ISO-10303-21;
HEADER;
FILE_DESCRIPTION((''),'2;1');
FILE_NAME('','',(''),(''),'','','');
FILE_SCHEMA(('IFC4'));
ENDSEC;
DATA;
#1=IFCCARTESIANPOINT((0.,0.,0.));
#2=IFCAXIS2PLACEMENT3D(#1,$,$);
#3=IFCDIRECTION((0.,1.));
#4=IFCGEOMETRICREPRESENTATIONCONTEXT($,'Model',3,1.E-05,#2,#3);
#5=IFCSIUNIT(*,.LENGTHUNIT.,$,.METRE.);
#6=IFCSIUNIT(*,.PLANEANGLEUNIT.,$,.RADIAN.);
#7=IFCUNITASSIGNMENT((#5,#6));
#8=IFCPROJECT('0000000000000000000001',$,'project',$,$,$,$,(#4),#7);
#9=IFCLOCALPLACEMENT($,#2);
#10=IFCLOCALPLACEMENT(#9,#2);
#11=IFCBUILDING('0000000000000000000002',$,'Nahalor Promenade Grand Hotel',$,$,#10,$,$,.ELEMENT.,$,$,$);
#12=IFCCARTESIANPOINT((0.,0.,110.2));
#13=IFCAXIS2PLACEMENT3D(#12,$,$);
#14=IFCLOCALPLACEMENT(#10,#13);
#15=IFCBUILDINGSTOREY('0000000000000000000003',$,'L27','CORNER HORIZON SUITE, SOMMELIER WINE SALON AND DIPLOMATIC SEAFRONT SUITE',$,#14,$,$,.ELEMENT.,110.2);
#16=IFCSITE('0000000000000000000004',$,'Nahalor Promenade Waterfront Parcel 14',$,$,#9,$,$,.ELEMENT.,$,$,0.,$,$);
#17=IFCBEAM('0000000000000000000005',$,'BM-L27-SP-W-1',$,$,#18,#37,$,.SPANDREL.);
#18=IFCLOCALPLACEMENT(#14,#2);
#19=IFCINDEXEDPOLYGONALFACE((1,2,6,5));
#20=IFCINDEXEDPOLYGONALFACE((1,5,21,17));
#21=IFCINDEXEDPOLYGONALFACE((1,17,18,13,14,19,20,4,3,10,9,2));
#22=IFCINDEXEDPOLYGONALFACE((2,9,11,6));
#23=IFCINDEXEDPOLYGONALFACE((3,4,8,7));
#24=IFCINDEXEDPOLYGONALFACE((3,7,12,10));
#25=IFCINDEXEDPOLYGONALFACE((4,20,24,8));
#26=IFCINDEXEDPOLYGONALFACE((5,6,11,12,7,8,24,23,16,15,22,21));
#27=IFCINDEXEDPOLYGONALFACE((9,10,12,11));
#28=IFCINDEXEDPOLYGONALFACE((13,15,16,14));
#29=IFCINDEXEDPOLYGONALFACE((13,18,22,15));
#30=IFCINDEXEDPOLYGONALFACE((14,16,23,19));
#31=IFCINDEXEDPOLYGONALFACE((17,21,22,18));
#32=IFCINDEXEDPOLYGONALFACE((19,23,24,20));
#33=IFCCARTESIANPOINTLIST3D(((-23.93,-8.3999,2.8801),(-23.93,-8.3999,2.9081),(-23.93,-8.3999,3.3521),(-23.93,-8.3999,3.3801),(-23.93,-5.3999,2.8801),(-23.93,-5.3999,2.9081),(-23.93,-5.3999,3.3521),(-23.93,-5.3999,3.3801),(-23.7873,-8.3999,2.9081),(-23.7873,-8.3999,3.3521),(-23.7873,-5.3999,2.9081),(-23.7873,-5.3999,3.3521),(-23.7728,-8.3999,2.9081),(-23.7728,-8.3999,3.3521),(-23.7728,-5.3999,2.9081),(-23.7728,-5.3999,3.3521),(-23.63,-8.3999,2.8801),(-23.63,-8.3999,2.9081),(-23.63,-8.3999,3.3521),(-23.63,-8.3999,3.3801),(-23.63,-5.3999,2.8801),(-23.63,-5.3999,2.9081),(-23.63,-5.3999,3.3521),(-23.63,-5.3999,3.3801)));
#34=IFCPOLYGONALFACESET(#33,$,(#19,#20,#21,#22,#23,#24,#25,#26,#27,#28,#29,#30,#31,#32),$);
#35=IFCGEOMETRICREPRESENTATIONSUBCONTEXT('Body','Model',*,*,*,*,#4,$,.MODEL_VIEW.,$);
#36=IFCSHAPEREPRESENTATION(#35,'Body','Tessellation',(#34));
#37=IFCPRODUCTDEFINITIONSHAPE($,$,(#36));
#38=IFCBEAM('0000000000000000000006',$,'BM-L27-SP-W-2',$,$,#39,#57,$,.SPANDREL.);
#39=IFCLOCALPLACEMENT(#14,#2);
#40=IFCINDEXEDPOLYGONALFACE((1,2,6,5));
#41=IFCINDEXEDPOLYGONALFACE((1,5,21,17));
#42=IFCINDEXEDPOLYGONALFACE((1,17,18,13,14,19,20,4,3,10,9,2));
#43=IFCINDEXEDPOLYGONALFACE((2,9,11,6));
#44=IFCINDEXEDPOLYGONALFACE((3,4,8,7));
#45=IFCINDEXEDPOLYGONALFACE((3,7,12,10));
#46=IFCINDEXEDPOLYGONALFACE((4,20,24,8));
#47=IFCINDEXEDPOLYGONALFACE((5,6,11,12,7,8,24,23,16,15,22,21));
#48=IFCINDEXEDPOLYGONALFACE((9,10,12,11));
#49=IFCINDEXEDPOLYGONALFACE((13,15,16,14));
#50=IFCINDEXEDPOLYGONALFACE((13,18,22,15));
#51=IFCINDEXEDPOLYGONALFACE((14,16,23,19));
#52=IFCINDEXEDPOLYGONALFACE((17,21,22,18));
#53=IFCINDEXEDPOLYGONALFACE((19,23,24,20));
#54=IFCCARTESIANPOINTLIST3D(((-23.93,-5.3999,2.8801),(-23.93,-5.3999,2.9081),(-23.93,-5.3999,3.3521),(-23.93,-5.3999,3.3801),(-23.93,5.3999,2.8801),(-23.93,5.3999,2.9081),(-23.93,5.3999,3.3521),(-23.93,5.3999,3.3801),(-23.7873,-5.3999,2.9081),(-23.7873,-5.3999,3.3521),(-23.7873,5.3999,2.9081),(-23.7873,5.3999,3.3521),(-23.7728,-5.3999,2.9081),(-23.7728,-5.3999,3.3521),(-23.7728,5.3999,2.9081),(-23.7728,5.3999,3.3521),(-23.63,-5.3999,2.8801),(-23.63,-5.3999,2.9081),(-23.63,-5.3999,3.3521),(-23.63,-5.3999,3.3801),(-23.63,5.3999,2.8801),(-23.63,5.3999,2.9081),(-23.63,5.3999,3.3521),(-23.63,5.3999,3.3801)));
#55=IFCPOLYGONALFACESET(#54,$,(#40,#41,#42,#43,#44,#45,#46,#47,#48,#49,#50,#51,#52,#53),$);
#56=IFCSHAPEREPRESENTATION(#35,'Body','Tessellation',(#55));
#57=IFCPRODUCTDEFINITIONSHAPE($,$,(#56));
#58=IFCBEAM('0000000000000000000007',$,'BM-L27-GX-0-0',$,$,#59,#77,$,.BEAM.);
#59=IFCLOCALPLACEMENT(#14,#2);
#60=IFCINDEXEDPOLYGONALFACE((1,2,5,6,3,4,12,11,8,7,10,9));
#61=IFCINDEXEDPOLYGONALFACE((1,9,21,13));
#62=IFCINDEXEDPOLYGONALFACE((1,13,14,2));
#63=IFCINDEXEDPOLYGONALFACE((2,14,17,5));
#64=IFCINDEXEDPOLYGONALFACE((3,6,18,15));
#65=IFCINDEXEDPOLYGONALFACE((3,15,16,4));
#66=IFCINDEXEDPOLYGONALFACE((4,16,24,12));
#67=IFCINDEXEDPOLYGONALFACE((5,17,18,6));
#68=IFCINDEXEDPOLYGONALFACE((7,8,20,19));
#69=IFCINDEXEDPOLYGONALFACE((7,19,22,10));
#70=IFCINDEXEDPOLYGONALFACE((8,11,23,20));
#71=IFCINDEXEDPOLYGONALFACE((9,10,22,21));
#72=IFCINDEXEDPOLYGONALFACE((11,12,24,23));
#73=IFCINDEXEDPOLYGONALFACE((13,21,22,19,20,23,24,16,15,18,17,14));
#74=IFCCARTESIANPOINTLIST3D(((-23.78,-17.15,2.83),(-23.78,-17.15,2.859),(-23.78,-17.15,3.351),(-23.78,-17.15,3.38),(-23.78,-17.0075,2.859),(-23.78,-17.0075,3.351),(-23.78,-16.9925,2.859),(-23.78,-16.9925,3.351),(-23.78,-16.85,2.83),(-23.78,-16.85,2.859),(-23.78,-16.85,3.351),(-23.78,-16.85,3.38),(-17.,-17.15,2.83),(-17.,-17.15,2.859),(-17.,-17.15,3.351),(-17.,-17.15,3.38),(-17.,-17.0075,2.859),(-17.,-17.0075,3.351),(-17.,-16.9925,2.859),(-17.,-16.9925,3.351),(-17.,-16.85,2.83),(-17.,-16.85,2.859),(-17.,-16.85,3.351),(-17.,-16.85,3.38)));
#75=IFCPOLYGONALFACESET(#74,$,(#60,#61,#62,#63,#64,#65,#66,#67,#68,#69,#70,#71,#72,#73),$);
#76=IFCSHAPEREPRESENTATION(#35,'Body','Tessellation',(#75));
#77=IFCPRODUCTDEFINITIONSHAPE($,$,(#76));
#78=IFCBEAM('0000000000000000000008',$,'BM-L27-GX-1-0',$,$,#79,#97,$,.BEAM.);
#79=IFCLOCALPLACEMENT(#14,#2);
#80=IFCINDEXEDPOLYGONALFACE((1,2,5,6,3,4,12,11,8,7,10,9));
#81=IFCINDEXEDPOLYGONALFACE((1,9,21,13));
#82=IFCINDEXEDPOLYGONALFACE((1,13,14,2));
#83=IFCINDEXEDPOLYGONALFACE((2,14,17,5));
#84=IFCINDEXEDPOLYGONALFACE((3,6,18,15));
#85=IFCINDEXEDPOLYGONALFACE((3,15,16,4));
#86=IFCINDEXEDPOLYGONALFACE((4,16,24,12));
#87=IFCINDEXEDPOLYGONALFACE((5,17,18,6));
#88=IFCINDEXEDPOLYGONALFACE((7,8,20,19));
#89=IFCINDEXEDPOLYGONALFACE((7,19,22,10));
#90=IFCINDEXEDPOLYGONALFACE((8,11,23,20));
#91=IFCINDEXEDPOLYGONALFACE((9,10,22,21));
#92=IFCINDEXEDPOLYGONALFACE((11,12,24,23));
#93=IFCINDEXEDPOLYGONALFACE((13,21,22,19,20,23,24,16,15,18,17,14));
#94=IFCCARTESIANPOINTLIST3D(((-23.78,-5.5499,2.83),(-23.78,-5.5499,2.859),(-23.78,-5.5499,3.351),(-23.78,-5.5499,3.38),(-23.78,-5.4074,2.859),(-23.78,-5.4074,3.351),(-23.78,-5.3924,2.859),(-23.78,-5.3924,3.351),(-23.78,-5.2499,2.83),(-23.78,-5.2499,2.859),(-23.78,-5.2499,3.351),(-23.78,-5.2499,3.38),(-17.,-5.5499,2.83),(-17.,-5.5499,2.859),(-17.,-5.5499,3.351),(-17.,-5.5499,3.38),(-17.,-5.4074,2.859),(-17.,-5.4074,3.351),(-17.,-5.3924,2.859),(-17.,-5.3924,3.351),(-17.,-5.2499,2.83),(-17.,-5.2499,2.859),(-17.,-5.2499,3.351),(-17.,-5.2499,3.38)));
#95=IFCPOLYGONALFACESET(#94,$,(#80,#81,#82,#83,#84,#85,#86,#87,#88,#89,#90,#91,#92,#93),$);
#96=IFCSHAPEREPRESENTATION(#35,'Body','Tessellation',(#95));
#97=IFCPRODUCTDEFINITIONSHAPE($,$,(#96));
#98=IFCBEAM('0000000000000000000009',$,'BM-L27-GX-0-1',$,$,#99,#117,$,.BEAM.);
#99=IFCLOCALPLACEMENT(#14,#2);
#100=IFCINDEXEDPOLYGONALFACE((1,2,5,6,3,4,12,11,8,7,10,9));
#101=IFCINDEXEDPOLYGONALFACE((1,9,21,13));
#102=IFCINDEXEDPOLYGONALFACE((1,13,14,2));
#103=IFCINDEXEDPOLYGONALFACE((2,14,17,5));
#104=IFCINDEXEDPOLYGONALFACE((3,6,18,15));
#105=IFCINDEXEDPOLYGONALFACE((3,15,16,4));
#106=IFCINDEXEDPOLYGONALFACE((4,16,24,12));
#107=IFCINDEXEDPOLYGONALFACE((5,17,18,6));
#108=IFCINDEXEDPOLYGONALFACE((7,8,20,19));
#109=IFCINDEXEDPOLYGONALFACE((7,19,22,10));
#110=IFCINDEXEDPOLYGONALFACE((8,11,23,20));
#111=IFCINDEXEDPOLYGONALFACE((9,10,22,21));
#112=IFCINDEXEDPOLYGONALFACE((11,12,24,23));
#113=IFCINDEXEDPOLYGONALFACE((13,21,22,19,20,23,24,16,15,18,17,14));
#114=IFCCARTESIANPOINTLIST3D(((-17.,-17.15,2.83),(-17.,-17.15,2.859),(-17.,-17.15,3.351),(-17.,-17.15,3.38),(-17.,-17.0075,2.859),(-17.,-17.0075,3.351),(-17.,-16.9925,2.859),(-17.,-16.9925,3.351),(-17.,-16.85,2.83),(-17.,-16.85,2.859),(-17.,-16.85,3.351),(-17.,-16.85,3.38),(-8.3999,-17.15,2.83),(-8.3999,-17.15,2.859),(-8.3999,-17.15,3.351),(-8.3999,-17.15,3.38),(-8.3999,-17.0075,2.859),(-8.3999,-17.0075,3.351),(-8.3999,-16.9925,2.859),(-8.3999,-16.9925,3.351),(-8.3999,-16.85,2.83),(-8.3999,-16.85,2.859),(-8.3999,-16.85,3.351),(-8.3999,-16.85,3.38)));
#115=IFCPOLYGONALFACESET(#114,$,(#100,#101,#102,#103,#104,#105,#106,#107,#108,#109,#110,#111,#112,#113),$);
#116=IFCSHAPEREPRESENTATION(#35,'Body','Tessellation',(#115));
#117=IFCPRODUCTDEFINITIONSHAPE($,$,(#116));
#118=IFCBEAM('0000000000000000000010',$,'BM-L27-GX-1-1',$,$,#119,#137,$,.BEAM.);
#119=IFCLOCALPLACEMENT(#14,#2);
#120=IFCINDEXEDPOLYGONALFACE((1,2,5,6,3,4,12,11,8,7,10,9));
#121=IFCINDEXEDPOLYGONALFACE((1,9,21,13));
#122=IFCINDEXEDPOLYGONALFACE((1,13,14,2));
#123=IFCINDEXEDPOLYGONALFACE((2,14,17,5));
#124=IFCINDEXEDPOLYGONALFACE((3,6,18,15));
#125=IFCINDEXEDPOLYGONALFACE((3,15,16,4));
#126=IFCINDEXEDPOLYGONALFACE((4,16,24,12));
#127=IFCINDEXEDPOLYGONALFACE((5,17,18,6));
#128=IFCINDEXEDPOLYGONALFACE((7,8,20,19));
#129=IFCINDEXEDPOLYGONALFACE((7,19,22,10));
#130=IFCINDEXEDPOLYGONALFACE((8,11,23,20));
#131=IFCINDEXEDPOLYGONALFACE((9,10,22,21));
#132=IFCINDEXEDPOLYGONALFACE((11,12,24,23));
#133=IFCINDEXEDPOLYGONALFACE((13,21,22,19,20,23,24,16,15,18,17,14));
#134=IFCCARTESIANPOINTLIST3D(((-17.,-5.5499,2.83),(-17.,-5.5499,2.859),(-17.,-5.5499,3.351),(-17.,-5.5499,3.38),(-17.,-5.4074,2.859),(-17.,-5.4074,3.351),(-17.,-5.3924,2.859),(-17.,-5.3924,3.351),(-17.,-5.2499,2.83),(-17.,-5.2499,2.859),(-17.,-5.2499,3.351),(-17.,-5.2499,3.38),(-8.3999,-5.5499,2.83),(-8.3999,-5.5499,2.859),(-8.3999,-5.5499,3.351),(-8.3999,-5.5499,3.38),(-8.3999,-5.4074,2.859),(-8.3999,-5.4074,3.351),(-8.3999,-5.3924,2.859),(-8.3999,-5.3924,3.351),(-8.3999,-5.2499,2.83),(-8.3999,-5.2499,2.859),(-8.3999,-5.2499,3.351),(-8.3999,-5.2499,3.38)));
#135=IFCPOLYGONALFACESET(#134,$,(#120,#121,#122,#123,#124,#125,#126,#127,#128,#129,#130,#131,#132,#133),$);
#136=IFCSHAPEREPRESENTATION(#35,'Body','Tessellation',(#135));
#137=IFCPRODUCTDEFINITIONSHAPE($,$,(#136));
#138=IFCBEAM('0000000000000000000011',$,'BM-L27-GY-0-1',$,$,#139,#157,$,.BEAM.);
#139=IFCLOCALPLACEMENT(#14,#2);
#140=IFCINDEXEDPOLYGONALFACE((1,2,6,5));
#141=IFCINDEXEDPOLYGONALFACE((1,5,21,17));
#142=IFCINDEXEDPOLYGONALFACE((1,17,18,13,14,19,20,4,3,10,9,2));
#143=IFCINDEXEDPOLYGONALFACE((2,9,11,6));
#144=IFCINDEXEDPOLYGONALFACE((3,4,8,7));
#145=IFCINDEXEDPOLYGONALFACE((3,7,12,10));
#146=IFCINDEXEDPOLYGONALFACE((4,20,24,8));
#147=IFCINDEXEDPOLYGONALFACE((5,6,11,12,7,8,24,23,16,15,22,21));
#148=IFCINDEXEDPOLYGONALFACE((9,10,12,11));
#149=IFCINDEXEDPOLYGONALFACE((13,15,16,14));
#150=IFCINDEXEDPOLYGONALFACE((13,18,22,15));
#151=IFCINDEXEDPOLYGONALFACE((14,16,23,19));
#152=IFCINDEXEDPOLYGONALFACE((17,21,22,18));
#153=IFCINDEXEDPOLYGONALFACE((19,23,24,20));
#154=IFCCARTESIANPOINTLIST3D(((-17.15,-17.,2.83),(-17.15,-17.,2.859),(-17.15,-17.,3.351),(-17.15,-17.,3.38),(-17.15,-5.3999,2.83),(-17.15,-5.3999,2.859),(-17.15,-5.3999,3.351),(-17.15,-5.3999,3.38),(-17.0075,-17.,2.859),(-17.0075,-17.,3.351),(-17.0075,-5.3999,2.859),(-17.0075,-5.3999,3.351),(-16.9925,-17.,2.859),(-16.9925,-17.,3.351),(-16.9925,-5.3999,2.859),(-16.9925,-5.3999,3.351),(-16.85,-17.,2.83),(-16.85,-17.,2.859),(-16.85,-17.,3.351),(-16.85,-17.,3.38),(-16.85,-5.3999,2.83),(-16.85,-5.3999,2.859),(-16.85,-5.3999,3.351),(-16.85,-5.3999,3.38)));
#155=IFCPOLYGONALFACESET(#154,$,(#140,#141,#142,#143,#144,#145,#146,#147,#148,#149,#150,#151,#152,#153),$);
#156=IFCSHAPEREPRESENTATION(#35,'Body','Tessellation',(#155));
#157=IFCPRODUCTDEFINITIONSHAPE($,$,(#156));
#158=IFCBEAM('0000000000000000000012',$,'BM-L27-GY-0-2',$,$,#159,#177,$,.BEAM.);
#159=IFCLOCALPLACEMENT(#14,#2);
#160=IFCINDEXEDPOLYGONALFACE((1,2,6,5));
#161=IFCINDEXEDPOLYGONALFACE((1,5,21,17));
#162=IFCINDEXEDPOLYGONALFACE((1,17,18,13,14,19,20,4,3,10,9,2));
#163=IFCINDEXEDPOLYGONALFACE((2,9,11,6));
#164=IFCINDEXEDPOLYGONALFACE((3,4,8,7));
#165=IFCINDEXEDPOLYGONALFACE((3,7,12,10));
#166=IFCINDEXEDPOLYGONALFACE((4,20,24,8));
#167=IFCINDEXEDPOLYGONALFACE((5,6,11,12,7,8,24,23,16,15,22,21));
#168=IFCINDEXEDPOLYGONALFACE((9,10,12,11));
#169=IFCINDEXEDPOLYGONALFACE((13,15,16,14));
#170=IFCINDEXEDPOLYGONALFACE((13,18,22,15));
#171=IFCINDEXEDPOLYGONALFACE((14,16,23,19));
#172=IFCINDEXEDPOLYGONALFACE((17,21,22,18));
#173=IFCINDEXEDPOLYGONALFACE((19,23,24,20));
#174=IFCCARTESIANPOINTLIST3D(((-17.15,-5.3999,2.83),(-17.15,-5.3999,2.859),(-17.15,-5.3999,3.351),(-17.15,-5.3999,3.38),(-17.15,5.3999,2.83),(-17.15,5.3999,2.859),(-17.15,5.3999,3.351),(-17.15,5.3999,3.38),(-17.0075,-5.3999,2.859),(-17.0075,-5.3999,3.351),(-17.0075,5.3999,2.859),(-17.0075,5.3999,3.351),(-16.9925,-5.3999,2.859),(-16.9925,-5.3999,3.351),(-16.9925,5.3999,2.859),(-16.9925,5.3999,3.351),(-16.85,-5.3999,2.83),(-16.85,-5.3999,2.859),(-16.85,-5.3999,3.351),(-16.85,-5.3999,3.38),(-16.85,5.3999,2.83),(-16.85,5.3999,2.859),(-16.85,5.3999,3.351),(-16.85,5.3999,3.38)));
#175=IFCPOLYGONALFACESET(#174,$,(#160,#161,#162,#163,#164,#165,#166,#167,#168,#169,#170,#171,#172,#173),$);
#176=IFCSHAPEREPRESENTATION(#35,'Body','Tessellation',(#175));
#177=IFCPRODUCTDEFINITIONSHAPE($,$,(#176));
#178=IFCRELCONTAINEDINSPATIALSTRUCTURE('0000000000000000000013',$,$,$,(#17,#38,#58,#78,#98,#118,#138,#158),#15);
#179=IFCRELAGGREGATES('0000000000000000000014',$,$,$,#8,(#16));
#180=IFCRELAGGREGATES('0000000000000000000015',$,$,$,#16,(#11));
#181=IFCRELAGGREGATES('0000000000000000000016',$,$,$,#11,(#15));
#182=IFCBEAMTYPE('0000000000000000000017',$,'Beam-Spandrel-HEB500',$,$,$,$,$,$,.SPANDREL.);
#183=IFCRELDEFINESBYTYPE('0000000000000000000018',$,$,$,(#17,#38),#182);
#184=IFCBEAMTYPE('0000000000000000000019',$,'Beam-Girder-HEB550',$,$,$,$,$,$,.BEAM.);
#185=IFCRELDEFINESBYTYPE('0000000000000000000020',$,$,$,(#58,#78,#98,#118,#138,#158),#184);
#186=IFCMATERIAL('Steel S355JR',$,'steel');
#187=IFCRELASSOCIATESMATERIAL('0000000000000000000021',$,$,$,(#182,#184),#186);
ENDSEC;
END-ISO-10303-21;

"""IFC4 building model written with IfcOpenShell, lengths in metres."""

from ifc_helpers import new_model, si_unit, direction, frame, origin, origin_2d, place, context, subcontext, project, spatial, i_section, extrude, source, transform, mapped, material, material_profile, profile_set, type_object, element, save


model = new_model("IFC4")

# Units and contexts
model_context = context("Model", 3, precision=1e-05, world=origin(), true_north=direction((0.0, 1.0)))
body_context = subcontext(model_context, "Body", "Model", "MODEL_VIEW")
ifc_project = project(units=[si_unit("LENGTHUNIT", "METRE"), si_unit("PLANEANGLEUNIT", "RADIAN")], contexts=[model_context])

# Site, building, storey
site_placement = place(None, origin())
site = spatial("IfcSite", under=ifc_project, at=site_placement, Name="Nahalor Promenade Waterfront Parcel 14", CompositionType="ELEMENT", RefElevation=0.0)
building_placement = place(site_placement, origin())
building = spatial("IfcBuilding", under=site, at=building_placement, Name="Nahalor Promenade Grand Hotel", CompositionType="ELEMENT")
storey_placement = place(building_placement, frame((0.0, 0.0, 110.2)))
storey = spatial("IfcBuildingStorey", under=building, at=storey_placement, Name="L27", Description="CORNER HORIZON SUITE, SOMMELIER WINE SALON AND DIPLOMATIC SEAFRONT SUITE", CompositionType="ELEMENT", Elevation=110.2)

# Beams
ifc_material_1 = material(Name="Steel S355JR", Category="steel")
ifc_material_profile_1 = material_profile(ifc_material_1, i_section(OverallWidth=0.3, OverallDepth=0.5, WebThickness=0.0145, FlangeThickness=0.028, at=origin_2d()), Name="HEB 500")
ifc_profile_set_1 = profile_set([ifc_material_profile_1], Name="Steel S355JR")
beam_type_1 = type_object("IfcBeamType", Name="Beam-Spandrel-HEB500", PredefinedType="SPANDREL", material=ifc_profile_set_1)
shared_shape_1 = source(origin(), body_context, "Body", "SweptSolid", [
    extrude(i_section(OverallWidth=0.3, OverallDepth=0.5, WebThickness=0.0145, FlangeThickness=0.028, at=origin_2d()), origin(), (0.0, 0.0, 1.0), 3.0),
])
beam_1_placement = place(storey_placement, frame((-23.78, -8.3999, 3.1301), z_axis=(0.0, 1.0, 0.0), x_axis=(-1.0, 0.0, 0.0)))
element("IfcBeam", 1, at=beam_1_placement, inside=storey, type_object=beam_type_1, Name="BM-L27-SP-W-1", PredefinedType="SPANDREL", context=body_context, shape_type="MappedRepresentation", body=[
    mapped(shared_shape_1, transform((0.0, 0.0, 0.0), scale=1.0)),
])
shared_shape_2 = source(origin(), body_context, "Body", "SweptSolid", [
    extrude(i_section(OverallWidth=0.3, OverallDepth=0.5, WebThickness=0.0145, FlangeThickness=0.028, at=origin_2d()), origin(), (0.0, 0.0, 1.0), 10.7998),
])
beam_2_placement = place(storey_placement, frame((-23.78, -5.3999, 3.1301), z_axis=(0.0, 1.0, 0.0), x_axis=(-1.0, 0.0, 0.0)))
element("IfcBeam", 2, at=beam_2_placement, inside=storey, type_object=beam_type_1, Name="BM-L27-SP-W-2", PredefinedType="SPANDREL", context=body_context, shape_type="MappedRepresentation", body=[
    mapped(shared_shape_2, transform((0.0, 0.0, 0.0), scale=1.0)),
])
ifc_material_profile_2 = material_profile(ifc_material_1, i_section(OverallWidth=0.3, OverallDepth=0.55, WebThickness=0.015, FlangeThickness=0.029, at=origin_2d()), Name="HEB 550")
ifc_profile_set_2 = profile_set([ifc_material_profile_2], Name="Steel S355JR")
beam_type_2 = type_object("IfcBeamType", Name="Beam-Girder-HEB550", PredefinedType="BEAM", material=ifc_profile_set_2)
shared_shape_3 = source(origin(), body_context, "Body", "SweptSolid", [
    extrude(i_section(OverallWidth=0.3, OverallDepth=0.55, WebThickness=0.015, FlangeThickness=0.029, at=origin_2d()), origin(), (0.0, 0.0, 1.0), 6.78),
])
for number, where, z_axis, x_axis, name in (
    (3, (-23.78, -17.0, 3.105), (1.0, 0.0, 0.0), (0.0, 1.0, 0.0), "BM-L27-GX-0-0"),
    (4, (-23.78, -5.3999, 3.105), (1.0, 0.0, 0.0), (0.0, 1.0, 0.0), "BM-L27-GX-1-0"),
):
    element("IfcBeam", number, at=place(storey_placement, frame(where, z_axis=z_axis, x_axis=x_axis)), inside=storey, type_object=beam_type_2, Name=name, PredefinedType="BEAM", context=body_context, shape_type="MappedRepresentation", body=[
        mapped(shared_shape_3, transform((0.0, 0.0, 0.0), scale=1.0)),
    ])
shared_shape_4 = source(origin(), body_context, "Body", "SweptSolid", [
    extrude(i_section(OverallWidth=0.3, OverallDepth=0.55, WebThickness=0.015, FlangeThickness=0.029, at=origin_2d()), origin(), (0.0, 0.0, 1.0), 8.6001),
])
for number, where, z_axis, x_axis, name in (
    (5, (-17.0, -17.0, 3.105), (1.0, 0.0, 0.0), (0.0, 1.0, 0.0), "BM-L27-GX-0-1"),
    (6, (-17.0, -5.3999, 3.105), (1.0, 0.0, 0.0), (0.0, 1.0, 0.0), "BM-L27-GX-1-1"),
):
    element("IfcBeam", number, at=place(storey_placement, frame(where, z_axis=z_axis, x_axis=x_axis)), inside=storey, type_object=beam_type_2, Name=name, PredefinedType="BEAM", context=body_context, shape_type="MappedRepresentation", body=[
        mapped(shared_shape_4, transform((0.0, 0.0, 0.0), scale=1.0)),
    ])
shared_shape_5 = source(origin(), body_context, "Body", "SweptSolid", [
    extrude(i_section(OverallWidth=0.3, OverallDepth=0.55, WebThickness=0.015, FlangeThickness=0.029, at=origin_2d()), origin(), (0.0, 0.0, 1.0), 11.6001),
])
beam_3_placement = place(storey_placement, frame((-17.0, -17.0, 3.105), z_axis=(0.0, 1.0, 0.0), x_axis=(-1.0, 0.0, 0.0)))
element("IfcBeam", 7, at=beam_3_placement, inside=storey, type_object=beam_type_2, Name="BM-L27-GY-0-1", PredefinedType="BEAM", context=body_context, shape_type="MappedRepresentation", body=[
    mapped(shared_shape_5, transform((0.0, 0.0, 0.0), scale=1.0)),
])
shared_shape_6 = source(origin(), body_context, "Body", "SweptSolid", [
    extrude(i_section(OverallWidth=0.3, OverallDepth=0.55, WebThickness=0.015, FlangeThickness=0.029, at=origin_2d()), origin(), (0.0, 0.0, 1.0), 10.7998),
])
beam_4_placement = place(storey_placement, frame((-17.0, -5.3999, 3.105), z_axis=(0.0, 1.0, 0.0), x_axis=(-1.0, 0.0, 0.0)))
element("IfcBeam", 8, at=beam_4_placement, inside=storey, type_object=beam_type_2, Name="BM-L27-GY-0-2", PredefinedType="BEAM", context=body_context, shape_type="MappedRepresentation", body=[
    mapped(shared_shape_6, transform((0.0, 0.0, 0.0), scale=1.0)),
])

save(model, "model.ifc")
